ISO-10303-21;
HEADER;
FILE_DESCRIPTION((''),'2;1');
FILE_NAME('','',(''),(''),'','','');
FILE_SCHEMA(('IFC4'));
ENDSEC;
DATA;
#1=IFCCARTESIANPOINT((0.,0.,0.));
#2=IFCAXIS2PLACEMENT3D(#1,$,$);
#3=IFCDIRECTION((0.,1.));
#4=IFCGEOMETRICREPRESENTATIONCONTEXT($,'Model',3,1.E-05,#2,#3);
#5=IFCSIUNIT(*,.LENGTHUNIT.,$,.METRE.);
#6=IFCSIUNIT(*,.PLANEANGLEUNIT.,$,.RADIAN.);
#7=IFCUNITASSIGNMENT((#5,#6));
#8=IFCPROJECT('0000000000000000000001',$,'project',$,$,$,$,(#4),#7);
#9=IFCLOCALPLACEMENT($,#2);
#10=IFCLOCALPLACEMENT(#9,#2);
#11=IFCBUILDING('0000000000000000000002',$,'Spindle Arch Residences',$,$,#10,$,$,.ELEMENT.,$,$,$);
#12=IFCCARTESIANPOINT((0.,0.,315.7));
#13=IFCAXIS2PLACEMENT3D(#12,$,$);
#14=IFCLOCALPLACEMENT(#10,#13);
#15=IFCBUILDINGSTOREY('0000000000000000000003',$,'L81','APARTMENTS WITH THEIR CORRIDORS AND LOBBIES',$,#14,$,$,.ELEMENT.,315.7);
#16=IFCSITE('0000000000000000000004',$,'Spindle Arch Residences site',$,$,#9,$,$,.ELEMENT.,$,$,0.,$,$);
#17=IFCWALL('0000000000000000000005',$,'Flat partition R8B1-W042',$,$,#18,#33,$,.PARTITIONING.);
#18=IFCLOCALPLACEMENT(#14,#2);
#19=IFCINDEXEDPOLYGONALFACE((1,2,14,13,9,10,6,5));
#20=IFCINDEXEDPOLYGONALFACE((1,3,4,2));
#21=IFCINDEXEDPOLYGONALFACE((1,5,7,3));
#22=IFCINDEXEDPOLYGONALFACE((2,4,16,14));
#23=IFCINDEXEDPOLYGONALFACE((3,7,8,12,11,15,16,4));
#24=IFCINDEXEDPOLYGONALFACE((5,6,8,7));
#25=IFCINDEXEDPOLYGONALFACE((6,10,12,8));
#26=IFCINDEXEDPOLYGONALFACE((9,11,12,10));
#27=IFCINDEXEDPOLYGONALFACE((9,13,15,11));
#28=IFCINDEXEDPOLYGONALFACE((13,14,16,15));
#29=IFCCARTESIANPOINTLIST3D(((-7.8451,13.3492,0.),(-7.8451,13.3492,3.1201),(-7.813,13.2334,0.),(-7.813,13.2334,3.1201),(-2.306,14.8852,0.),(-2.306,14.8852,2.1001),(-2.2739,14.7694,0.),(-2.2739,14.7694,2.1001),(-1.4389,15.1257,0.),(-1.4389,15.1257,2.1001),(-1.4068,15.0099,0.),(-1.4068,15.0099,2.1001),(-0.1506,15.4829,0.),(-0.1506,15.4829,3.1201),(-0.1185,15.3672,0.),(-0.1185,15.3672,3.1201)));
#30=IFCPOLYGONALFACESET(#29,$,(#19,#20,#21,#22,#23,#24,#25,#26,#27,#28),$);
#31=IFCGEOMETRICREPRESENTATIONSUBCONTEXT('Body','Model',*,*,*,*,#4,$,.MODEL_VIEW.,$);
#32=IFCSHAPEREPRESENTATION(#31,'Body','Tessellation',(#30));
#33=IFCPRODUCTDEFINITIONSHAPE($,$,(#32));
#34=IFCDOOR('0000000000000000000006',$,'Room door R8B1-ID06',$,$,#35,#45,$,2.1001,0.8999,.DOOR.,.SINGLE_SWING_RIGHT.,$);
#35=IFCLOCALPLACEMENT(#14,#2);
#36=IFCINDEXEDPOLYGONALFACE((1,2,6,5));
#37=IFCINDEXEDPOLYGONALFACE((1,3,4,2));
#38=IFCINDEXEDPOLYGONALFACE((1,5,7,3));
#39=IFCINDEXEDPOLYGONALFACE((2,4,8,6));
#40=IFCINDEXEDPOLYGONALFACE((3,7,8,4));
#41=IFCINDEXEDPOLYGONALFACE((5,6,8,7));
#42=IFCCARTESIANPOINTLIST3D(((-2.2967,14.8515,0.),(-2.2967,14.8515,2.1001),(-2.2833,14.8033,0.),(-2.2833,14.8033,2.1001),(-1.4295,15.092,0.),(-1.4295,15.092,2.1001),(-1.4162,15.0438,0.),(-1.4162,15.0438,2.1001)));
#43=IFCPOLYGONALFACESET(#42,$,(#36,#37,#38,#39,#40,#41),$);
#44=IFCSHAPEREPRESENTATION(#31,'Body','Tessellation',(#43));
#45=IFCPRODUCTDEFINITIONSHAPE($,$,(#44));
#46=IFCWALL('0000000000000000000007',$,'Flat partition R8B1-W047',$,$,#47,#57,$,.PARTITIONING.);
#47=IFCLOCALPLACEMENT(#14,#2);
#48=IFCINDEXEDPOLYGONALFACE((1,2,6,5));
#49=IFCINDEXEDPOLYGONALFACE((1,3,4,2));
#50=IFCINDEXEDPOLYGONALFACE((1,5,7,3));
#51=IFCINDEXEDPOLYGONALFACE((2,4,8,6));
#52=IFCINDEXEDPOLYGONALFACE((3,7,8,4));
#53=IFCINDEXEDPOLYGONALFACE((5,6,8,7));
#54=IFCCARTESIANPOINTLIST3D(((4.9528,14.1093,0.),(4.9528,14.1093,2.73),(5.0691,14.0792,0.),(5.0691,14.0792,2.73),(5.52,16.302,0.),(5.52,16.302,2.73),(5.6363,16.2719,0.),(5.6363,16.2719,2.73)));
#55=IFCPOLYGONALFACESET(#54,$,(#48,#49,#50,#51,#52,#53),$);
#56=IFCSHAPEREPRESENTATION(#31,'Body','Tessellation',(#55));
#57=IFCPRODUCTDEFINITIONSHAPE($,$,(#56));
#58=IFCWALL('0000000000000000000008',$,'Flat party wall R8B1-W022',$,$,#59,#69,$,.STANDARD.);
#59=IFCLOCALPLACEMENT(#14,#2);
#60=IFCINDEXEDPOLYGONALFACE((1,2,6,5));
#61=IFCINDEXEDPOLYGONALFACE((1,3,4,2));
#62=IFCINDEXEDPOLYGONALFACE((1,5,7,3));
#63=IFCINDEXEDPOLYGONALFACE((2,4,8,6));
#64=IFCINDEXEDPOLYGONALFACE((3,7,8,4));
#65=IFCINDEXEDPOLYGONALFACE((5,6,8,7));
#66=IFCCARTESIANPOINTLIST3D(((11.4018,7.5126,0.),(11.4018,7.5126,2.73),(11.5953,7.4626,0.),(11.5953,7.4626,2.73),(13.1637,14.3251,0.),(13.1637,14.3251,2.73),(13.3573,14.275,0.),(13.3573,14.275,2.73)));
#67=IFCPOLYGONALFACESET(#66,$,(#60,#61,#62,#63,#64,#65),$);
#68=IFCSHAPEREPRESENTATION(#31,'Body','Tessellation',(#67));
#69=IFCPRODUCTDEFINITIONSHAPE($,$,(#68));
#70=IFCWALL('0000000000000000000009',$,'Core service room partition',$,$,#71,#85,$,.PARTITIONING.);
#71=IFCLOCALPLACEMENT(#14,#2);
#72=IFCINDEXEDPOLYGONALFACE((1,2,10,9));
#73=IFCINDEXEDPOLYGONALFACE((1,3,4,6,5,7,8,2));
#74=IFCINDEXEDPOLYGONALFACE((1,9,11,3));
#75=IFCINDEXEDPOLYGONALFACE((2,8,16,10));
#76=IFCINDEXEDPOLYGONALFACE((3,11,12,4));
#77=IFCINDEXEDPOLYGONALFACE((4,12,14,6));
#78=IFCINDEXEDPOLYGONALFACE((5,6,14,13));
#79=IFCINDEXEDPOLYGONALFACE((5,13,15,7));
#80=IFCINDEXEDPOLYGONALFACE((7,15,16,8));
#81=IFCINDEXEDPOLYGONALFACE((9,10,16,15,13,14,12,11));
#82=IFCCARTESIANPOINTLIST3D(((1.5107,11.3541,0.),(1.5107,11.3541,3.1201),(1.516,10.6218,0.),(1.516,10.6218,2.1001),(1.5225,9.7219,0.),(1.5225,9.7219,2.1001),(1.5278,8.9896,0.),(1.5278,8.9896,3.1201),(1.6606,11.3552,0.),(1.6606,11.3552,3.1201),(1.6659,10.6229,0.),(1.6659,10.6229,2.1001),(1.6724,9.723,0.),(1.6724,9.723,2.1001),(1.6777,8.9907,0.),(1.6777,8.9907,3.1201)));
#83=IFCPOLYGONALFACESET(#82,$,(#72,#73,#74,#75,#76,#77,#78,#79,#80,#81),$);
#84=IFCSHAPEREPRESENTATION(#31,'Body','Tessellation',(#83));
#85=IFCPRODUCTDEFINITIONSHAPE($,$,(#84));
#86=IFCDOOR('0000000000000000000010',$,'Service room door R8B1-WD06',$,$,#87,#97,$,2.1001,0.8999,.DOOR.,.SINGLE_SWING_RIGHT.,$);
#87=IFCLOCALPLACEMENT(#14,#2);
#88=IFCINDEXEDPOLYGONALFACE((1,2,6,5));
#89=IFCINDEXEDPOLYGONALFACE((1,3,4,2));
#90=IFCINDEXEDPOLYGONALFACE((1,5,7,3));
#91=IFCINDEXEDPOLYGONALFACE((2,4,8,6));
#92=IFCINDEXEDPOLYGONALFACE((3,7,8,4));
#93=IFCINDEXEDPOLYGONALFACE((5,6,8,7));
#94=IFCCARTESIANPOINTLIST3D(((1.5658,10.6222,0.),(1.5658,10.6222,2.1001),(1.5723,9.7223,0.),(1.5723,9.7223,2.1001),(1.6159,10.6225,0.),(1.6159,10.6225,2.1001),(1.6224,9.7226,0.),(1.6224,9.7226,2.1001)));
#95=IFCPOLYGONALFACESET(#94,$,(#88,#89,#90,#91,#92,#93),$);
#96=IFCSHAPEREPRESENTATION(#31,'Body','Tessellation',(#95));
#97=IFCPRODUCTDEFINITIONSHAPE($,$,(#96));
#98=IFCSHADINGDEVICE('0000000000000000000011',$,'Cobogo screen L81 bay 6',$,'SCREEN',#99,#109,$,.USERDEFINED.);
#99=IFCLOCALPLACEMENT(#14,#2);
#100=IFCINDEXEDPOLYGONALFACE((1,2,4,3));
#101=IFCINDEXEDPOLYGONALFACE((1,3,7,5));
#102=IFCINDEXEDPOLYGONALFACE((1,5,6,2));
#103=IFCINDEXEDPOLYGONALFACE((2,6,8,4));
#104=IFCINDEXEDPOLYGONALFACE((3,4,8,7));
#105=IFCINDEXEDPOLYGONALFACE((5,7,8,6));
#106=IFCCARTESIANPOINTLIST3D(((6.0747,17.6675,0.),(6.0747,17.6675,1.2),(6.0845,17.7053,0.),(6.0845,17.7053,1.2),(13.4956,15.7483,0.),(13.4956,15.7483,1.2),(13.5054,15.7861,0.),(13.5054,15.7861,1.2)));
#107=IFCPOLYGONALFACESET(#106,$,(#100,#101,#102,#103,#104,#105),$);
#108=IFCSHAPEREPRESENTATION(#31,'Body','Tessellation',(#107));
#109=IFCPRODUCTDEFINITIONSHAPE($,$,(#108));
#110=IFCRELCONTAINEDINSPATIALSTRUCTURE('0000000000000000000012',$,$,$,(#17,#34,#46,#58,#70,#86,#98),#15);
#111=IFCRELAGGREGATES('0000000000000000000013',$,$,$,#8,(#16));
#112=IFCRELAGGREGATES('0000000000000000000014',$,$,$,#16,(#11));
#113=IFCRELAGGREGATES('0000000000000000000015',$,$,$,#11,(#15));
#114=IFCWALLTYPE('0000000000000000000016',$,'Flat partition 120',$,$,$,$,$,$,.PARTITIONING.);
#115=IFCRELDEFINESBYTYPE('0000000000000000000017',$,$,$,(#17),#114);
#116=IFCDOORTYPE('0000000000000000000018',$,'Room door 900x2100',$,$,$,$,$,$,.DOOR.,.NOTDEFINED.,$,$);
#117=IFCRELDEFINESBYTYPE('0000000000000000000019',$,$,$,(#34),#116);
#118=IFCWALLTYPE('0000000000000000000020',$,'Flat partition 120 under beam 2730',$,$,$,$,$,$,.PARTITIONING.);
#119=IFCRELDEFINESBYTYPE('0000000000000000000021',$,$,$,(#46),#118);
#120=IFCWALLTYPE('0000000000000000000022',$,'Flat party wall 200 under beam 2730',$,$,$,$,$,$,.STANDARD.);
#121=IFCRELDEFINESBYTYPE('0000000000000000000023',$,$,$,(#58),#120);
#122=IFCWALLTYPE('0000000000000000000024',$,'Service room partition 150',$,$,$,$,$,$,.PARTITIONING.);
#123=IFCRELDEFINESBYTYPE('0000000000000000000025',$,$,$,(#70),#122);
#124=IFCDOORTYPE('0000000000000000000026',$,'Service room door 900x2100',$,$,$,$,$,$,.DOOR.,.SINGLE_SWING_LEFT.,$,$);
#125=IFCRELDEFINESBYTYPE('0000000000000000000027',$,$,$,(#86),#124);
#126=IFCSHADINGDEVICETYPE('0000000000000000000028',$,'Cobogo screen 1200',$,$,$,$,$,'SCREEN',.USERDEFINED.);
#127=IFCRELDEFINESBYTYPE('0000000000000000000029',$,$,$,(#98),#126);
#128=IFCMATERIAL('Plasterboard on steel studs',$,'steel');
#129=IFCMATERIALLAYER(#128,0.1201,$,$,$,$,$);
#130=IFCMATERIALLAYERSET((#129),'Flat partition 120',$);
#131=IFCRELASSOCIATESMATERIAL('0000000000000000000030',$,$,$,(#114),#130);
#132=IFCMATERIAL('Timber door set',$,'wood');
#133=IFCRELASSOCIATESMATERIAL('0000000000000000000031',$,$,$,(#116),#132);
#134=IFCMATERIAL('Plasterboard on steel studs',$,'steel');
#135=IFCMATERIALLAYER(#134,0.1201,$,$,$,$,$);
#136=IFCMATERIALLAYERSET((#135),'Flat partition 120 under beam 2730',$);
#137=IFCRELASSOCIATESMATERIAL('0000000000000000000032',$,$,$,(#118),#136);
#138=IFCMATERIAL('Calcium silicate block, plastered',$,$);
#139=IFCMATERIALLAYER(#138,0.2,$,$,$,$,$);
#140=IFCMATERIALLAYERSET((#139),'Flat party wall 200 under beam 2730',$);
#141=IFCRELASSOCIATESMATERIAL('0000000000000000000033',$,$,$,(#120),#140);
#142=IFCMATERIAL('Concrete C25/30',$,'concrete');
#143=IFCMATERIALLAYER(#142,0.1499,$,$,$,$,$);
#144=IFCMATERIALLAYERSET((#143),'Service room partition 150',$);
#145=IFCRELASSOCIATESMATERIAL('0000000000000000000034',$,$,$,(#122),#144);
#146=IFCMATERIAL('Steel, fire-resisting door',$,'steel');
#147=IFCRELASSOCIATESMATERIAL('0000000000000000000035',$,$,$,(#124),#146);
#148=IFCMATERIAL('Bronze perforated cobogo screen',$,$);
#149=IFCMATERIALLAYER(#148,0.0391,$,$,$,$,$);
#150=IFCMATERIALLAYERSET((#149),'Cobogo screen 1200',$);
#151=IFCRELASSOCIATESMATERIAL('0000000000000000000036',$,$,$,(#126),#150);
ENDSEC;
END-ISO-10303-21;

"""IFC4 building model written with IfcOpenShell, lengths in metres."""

from ifc_helpers import new_model, si_unit, direction, frame, frame_2d, origin, origin_2d, place, context, subcontext, project, spatial, rectangle, extrude, material, layer, layer_set, type_object, element, fill, save


model = new_model("IFC4")

# Units and contexts
model_context = context("Model", 3, precision=1e-05, world=origin(), true_north=direction((0.0, 1.0)))
body_context = subcontext(model_context, "Body", "Model", "MODEL_VIEW")
ifc_project = project(units=[si_unit("LENGTHUNIT", "METRE"), si_unit("PLANEANGLEUNIT", "RADIAN")], contexts=[model_context])

# Site, building, storey
site_placement = place(None, origin())
site = spatial("IfcSite", under=ifc_project, at=site_placement, Name="Spindle Arch Residences site", CompositionType="ELEMENT", RefElevation=0.0)
building_placement = place(site_placement, origin())
building = spatial("IfcBuilding", under=site, at=building_placement, Name="Spindle Arch Residences", CompositionType="ELEMENT")
storey_placement = place(building_placement, frame((0.0, 0.0, 315.7)))
storey = spatial("IfcBuildingStorey", under=building, at=storey_placement, Name="L81", Description="APARTMENTS WITH THEIR CORRIDORS AND LOBBIES", CompositionType="ELEMENT", Elevation=315.7)

# Wall, opening, door
ifc_material_1 = material(Name="Plasterboard on steel studs", Category="steel")
ifc_layer_1 = layer(ifc_material_1, 0.1201)
ifc_layer_set_1 = layer_set([ifc_layer_1], Name="Flat partition 120")
wall_type_1 = type_object("IfcWallType", Name="Flat partition 120", PredefinedType="PARTITIONING", material=ifc_layer_set_1)
ifc_material_2 = material(Name="Timber door set", Category="wood")
door_type_1 = type_object("IfcDoorType", Name="Room door 900x2100", OperationType="NOTDEFINED", PredefinedType="DOOR", material=ifc_material_2)
wall_1_placement = place(storey_placement, frame((-0.1345, 15.425, 0.0), z_axis=(0.0, 0.0, 1.0), x_axis=(-0.963634, -0.267226, 0.0)))
wall_1 = element("IfcWall", 1, at=wall_1_placement, inside=storey, type_object=wall_type_1, Name="Flat partition R8B1-W042", PredefinedType="PARTITIONING", context=body_context, shape_type="SweptSolid", body=[
    extrude(rectangle(XDim=7.9849, YDim=0.1201, at=frame_2d((3.9924, 0.0))), origin(), (0.0, 0.0, 1.0), 3.1201),
])
opening_1_placement = place(wall_1_placement, frame((1.3369, 0.0, 0.0)))
opening_1 = element("IfcOpeningElement", 2, at=opening_1_placement, cuts=wall_1, PredefinedType="OPENING", context=body_context, shape_type="SweptSolid", body=[
    extrude(rectangle(XDim=0.8999, YDim=2.1001, at=frame_2d((0.45, 1.05))), frame((0.0, 0.0701, 0.0), z_axis=(0.0, -1.0, 0.0), x_axis=(1.0, 0.0, 0.0)), (0.0, 0.0, 1.0), 0.1401),
])
door_1_placement = place(opening_1_placement, origin())
door_1 = element("IfcDoor", 3, at=door_1_placement, inside=storey, type_object=door_type_1, Name="Room door R8B1-ID06", OperationType="SINGLE_SWING_RIGHT", OverallHeight=2.1001, OverallWidth=0.8999, PredefinedType="DOOR", context=body_context, shape_type="SweptSolid", body=[
    extrude(rectangle(XDim=0.8999, YDim=2.1001, at=frame_2d((0.45, 1.05))), frame((0.0, 0.0249, 0.0), z_axis=(0.0, -1.0, 0.0), x_axis=(1.0, 0.0, 0.0)), (0.0, 0.0, 1.0), 0.05),
])
fill(opening_1, door_1)

# Walls
ifc_material_3 = material(Name="Plasterboard on steel studs", Category="steel")
ifc_layer_2 = layer(ifc_material_3, 0.1201)
ifc_layer_set_2 = layer_set([ifc_layer_2], Name="Flat partition 120 under beam 2730")
wall_type_2 = type_object("IfcWallType", Name="Flat partition 120 under beam 2730", PredefinedType="PARTITIONING", material=ifc_layer_set_2)
wall_2_placement = place(storey_placement, frame((5.5781, 16.2869, 0.0), z_axis=(0.0, 0.0, 1.0), x_axis=(-0.250416, -0.968138, 0.0)))
element("IfcWall", 4, at=wall_2_placement, inside=storey, type_object=wall_type_2, Name="Flat partition R8B1-W047", PredefinedType="PARTITIONING", context=body_context, shape_type="SweptSolid", body=[
    extrude(rectangle(XDim=2.2649, YDim=0.1201, at=frame_2d((1.1323, 0.0))), origin(), (0.0, 0.0, 1.0), 2.73),
])
ifc_material_4 = material(Name="Calcium silicate block, plastered")
ifc_layer_3 = layer(ifc_material_4, 0.2)
ifc_layer_set_3 = layer_set([ifc_layer_3], Name="Flat party wall 200 under beam 2730")
wall_type_3 = type_object("IfcWallType", Name="Flat party wall 200 under beam 2730", PredefinedType="STANDARD", material=ifc_layer_set_3)
wall_3_placement = place(storey_placement, frame((13.2605, 14.3, 0.0), z_axis=(0.0, 0.0, 1.0), x_axis=(-0.250397, -0.968143, 0.0)))
element("IfcWall", 5, at=wall_3_placement, inside=storey, type_object=wall_type_3, Name="Flat party wall R8B1-W022", PredefinedType="STANDARD", context=body_context, shape_type="SweptSolid", body=[
    extrude(rectangle(XDim=7.0366, YDim=0.2, at=frame_2d((3.5183, 0.0))), origin(), (0.0, 0.0, 1.0), 2.73),
])

# Wall, opening, door
ifc_material_5 = material(Name="Concrete C25/30", Category="concrete")
ifc_layer_4 = layer(ifc_material_5, 0.1499)
ifc_layer_set_4 = layer_set([ifc_layer_4], Name="Service room partition 150")
wall_type_4 = type_object("IfcWallType", Name="Service room partition 150", PredefinedType="PARTITIONING", material=ifc_layer_set_4)
wall_4_placement = place(storey_placement, frame((1.5857, 11.3545, 0.0), z_axis=(0.0, 0.0, 1.0), x_axis=(0.007227, -0.999974, 0.0)))
wall_4 = element("IfcWall", 6, at=wall_4_placement, inside=storey, type_object=wall_type_4, Name="Core service room partition", PredefinedType="PARTITIONING", context=body_context, shape_type="SweptSolid", body=[
    extrude(rectangle(XDim=2.3645, YDim=0.1499, at=frame_2d((1.1821, 0.0))), origin(), (0.0, 0.0, 1.0), 3.1201),
])
opening_2_placement = place(wall_4_placement, frame((0.7322, 0.0, 0.0)))
opening_2 = element("IfcOpeningElement", 7, at=opening_2_placement, cuts=wall_4, PredefinedType="OPENING", context=body_context, shape_type="SweptSolid", body=[
    extrude(rectangle(XDim=0.8999, YDim=2.1001, at=frame_2d((0.45, 1.05))), frame((0.0, 0.085, 0.0), z_axis=(0.0, -1.0, 0.0), x_axis=(1.0, 0.0, 0.0)), (0.0, 0.0, 1.0), 0.1699),
])
ifc_material_6 = material(Name="Steel, fire-resisting door", Category="steel")
door_type_2 = type_object("IfcDoorType", Name="Service room door 900x2100", OperationType="SINGLE_SWING_LEFT", PredefinedType="DOOR", material=ifc_material_6)
door_2_placement = place(opening_2_placement, origin())
door_2 = element("IfcDoor", 8, at=door_2_placement, inside=storey, type_object=door_type_2, Name="Service room door R8B1-WD06", OperationType="SINGLE_SWING_RIGHT", OverallHeight=2.1001, OverallWidth=0.8999, PredefinedType="DOOR", context=body_context, shape_type="SweptSolid", body=[
    extrude(rectangle(XDim=0.8999, YDim=2.1001, at=frame_2d((0.45, 1.05))), frame((0.0, 0.0249, 0.0), z_axis=(0.0, -1.0, 0.0), x_axis=(1.0, 0.0, 0.0)), (0.0, 0.0, 1.0), 0.05),
])
fill(opening_2, door_2)

# Shading device
ifc_material_7 = material(Name="Bronze perforated cobogo screen")
ifc_layer_5 = layer(ifc_material_7, 0.0391)
ifc_layer_set_5 = layer_set([ifc_layer_5], Name="Cobogo screen 1200")
shading_device_type = type_object("IfcShadingDeviceType", Name="Cobogo screen 1200", ElementType="SCREEN", PredefinedType="USERDEFINED", material=ifc_layer_set_5)
shading_device_placement = place(storey_placement, frame((9.79, 16.7268, 0.0), z_axis=(0.0, 0.0, 1.0), x_axis=(-0.968148, 0.25038, 0.0)))
element("IfcShadingDevice", 9, at=shading_device_placement, inside=storey, type_object=shading_device_type, Name="Cobogo screen L81 bay 6", ObjectType="SCREEN", PredefinedType="USERDEFINED", context=body_context, shape_type="SweptSolid", body=[
    extrude(rectangle(XDim=7.665, YDim=0.0391, at=origin_2d()), origin(), (0.0, 0.0, 1.0), 1.2),
])

save(model, "model.ifc")
